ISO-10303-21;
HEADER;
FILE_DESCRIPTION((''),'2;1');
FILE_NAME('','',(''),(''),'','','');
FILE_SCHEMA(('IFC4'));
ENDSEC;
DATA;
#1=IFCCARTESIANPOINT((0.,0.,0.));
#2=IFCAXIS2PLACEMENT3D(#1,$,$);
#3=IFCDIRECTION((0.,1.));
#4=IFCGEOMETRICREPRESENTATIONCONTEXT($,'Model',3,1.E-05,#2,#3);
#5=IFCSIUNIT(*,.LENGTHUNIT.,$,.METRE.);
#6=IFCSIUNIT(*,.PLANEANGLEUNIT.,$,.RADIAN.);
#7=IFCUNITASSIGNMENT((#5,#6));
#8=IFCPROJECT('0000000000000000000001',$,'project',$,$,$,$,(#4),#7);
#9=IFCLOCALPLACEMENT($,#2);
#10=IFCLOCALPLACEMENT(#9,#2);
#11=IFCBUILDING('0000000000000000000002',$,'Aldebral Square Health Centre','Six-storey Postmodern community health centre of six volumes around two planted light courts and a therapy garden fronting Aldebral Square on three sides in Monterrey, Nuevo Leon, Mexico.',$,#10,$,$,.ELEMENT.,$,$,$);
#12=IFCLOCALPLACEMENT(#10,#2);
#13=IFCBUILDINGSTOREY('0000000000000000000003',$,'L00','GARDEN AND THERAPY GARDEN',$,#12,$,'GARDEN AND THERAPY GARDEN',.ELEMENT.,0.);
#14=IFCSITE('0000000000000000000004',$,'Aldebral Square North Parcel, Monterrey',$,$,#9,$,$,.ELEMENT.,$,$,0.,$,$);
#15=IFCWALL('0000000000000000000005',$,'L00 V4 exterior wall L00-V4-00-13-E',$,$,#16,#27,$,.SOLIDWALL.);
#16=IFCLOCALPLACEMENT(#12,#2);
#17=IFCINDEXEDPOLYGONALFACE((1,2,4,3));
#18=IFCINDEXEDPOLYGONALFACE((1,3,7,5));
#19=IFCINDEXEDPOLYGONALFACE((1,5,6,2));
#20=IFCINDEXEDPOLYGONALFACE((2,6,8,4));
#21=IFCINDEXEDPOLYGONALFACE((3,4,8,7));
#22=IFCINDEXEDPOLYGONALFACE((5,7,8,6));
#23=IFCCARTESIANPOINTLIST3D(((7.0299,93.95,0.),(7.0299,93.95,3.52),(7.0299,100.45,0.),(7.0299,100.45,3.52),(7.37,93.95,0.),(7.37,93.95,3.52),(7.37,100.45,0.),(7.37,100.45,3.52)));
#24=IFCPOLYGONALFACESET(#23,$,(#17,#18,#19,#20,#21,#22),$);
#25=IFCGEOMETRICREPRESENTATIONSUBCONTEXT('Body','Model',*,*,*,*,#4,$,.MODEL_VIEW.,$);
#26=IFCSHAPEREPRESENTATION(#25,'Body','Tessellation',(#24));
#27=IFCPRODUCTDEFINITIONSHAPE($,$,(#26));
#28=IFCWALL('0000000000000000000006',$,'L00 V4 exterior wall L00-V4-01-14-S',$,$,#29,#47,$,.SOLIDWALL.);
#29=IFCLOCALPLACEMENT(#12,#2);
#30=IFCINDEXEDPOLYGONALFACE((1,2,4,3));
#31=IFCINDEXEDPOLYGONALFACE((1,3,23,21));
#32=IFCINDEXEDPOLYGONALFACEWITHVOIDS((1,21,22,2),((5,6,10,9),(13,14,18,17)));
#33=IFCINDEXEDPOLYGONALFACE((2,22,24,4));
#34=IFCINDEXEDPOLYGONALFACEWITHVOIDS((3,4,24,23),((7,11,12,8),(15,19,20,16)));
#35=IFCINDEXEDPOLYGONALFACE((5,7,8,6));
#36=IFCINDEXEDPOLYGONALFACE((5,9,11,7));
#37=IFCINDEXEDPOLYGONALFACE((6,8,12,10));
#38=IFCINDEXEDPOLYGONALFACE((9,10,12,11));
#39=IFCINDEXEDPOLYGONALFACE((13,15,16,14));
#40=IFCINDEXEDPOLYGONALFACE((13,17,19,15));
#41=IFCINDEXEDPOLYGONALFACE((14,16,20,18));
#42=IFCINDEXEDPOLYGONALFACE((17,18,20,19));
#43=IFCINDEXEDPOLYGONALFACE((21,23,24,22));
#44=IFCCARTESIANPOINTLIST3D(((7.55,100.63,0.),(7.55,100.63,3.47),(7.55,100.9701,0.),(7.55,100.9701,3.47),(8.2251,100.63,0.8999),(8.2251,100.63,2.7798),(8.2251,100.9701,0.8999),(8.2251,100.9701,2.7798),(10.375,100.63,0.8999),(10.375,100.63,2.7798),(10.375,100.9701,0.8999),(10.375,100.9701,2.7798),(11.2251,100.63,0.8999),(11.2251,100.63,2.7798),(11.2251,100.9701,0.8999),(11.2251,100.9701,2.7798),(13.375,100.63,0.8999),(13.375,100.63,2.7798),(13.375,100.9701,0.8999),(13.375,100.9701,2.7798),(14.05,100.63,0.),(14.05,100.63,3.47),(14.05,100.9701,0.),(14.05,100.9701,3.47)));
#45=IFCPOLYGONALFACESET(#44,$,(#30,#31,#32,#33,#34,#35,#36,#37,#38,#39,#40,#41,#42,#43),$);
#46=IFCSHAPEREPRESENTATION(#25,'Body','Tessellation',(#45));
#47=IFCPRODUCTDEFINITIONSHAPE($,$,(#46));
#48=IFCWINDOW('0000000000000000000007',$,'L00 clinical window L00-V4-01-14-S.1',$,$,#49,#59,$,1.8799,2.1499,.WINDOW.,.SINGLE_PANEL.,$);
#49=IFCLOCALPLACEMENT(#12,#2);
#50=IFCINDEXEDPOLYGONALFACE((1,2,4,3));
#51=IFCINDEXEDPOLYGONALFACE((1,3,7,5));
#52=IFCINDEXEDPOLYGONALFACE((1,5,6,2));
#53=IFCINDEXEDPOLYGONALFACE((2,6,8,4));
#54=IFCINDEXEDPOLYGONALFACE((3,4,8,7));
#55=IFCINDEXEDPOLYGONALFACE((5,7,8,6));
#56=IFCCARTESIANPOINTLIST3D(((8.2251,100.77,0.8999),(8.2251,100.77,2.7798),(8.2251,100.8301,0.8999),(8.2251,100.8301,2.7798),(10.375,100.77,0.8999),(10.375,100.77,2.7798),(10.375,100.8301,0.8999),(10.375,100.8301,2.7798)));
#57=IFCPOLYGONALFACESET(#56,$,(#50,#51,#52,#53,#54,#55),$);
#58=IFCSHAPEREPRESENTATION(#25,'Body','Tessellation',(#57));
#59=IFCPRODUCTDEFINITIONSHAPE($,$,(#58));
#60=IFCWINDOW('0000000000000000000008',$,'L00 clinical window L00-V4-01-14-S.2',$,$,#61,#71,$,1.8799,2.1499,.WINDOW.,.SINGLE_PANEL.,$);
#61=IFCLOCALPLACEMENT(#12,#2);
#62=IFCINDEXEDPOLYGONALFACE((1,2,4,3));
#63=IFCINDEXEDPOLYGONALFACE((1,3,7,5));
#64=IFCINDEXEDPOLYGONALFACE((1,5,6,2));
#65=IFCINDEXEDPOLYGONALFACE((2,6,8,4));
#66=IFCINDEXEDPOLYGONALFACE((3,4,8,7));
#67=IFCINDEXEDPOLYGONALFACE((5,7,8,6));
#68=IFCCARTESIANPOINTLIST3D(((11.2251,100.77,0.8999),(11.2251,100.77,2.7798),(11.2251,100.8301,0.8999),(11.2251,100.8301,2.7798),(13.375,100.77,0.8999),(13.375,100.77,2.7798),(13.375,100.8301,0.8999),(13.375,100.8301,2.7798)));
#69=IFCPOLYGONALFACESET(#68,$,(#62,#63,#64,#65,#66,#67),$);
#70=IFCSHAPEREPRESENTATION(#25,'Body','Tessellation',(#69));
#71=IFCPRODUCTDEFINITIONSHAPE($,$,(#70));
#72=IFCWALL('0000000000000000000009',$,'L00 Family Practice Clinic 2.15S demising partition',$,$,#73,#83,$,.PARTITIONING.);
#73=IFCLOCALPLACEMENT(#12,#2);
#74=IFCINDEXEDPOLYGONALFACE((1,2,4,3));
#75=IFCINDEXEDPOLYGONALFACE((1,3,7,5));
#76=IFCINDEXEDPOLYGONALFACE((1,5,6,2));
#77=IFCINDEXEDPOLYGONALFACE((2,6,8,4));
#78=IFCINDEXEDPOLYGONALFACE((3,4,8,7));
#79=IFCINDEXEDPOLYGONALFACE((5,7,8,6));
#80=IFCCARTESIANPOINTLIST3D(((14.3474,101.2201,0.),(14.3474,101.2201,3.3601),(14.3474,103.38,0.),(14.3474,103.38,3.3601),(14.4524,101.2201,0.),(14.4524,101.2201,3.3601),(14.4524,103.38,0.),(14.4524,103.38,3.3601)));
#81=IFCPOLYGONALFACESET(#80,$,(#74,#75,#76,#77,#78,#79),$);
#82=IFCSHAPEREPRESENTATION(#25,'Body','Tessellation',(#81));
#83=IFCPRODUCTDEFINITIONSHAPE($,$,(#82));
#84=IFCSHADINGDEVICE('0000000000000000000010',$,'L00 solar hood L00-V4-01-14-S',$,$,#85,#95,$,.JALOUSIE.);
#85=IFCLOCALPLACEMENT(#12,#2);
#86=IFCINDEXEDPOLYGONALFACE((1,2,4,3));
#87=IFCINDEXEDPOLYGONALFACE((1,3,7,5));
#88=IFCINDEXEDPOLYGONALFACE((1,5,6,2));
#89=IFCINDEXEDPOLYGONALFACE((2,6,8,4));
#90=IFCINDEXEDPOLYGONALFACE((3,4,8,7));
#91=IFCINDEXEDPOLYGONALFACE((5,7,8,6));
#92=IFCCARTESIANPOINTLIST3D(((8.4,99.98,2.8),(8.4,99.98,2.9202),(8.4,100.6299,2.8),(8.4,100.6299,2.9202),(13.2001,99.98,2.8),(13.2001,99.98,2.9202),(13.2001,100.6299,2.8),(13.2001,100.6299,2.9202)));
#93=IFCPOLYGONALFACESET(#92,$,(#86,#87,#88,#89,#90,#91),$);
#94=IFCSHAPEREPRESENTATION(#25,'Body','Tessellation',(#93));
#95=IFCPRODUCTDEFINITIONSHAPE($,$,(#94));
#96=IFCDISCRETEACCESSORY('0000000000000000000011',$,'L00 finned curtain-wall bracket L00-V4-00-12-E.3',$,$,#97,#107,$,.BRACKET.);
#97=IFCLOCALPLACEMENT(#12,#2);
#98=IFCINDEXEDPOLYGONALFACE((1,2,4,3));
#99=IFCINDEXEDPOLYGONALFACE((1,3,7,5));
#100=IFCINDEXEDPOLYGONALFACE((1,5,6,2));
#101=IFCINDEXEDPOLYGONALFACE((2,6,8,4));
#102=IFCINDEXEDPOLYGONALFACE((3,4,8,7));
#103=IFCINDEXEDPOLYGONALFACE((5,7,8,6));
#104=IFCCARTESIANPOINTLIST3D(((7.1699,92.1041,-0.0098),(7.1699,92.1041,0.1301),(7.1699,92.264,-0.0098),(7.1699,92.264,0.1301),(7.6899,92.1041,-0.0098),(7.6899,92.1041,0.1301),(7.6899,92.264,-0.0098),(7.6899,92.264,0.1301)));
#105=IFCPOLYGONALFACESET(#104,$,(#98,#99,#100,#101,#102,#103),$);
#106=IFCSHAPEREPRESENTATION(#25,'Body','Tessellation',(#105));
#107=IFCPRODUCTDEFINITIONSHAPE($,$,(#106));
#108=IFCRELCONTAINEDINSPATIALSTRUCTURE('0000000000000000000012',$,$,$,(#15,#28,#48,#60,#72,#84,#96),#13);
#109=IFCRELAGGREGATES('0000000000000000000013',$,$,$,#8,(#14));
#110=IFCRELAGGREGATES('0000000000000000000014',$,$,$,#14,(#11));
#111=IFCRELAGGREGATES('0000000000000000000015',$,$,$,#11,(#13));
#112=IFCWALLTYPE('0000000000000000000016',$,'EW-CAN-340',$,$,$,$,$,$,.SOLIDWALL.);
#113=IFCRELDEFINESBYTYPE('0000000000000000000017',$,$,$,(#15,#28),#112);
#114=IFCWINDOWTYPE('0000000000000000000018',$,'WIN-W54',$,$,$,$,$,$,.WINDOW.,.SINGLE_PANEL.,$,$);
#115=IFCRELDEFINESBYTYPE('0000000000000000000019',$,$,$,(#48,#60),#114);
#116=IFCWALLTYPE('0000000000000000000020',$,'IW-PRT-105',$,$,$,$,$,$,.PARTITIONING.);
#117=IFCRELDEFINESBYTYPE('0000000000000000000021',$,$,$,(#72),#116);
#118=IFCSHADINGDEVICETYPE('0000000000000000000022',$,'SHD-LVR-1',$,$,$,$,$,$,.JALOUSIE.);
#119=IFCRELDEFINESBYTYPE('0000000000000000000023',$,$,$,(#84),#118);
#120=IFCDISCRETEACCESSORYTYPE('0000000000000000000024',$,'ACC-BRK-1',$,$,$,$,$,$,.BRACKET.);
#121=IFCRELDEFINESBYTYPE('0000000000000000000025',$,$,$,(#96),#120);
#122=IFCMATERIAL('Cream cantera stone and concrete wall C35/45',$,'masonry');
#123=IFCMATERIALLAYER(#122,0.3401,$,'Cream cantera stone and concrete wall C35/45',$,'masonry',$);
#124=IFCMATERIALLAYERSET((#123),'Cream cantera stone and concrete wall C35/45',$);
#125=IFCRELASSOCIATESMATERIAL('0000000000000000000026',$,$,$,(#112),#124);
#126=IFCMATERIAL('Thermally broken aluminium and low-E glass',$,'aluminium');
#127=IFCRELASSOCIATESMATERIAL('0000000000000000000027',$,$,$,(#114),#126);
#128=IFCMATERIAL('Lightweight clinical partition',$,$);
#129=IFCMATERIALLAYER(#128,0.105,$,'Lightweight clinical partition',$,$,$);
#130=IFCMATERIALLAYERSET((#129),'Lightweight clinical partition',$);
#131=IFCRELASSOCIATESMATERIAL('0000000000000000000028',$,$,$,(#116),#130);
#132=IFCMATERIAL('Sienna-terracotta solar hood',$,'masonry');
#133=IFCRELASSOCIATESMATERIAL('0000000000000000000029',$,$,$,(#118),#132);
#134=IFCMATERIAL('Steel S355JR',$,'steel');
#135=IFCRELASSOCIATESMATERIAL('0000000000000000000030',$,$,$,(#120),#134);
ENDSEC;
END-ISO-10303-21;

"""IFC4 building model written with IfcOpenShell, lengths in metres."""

from ifc_helpers import new_model, si_unit, direction, frame, frame_2d, origin, origin_2d, place, context, subcontext, project, spatial, rectangle, extrude, material, layer, layer_set, type_object, element, fill, save


model = new_model("IFC4")

# Units and contexts
model_context = context("Model", 3, precision=1e-05, world=origin(), true_north=direction((0.0, 1.0)))
body_context = subcontext(model_context, "Body", "Model", "MODEL_VIEW")
ifc_project = project(units=[si_unit("LENGTHUNIT", "METRE"), si_unit("PLANEANGLEUNIT", "RADIAN")], contexts=[model_context])

# Site, building, storey
site_placement = place(None, origin())
site = spatial("IfcSite", under=ifc_project, at=site_placement, Name="Aldebral Square North Parcel, Monterrey", CompositionType="ELEMENT", RefElevation=0.0)
building_placement = place(site_placement, origin())
building = spatial("IfcBuilding", under=site, at=building_placement, Name="Aldebral Square Health Centre", Description="Six-storey Postmodern community health centre of six volumes around two planted light courts and a therapy garden fronting Aldebral Square on three sides in Monterrey, Nuevo Leon, Mexico.", CompositionType="ELEMENT")
storey_placement = place(building_placement, origin())
storey = spatial("IfcBuildingStorey", under=building, at=storey_placement, Name="L00", Description="GARDEN AND THERAPY GARDEN", LongName="GARDEN AND THERAPY GARDEN", CompositionType="ELEMENT", Elevation=0.0)

# Wall
ifc_material_1 = material(Name="Cream cantera stone and concrete wall C35/45", Category="masonry")
ifc_layer_1 = layer(ifc_material_1, 0.3401, Name="Cream cantera stone and concrete wall C35/45", Category="masonry")
ifc_layer_set_1 = layer_set([ifc_layer_1], Name="Cream cantera stone and concrete wall C35/45")
wall_type_1 = type_object("IfcWallType", Name="EW-CAN-340", PredefinedType="SOLIDWALL", material=ifc_layer_set_1)
wall_1_placement = place(storey_placement, frame((7.2, 93.95, 0.0), z_axis=(0.0, 0.0, 1.0), x_axis=(0.0, 1.0, 0.0)))
element("IfcWall", 1, at=wall_1_placement, inside=storey, type_object=wall_type_1, Name="L00 V4 exterior wall L00-V4-00-13-E", PredefinedType="SOLIDWALL", context=body_context, shape_type="SweptSolid", body=[
    extrude(rectangle(XDim=6.5, YDim=0.3401, at=frame_2d((3.25, 0.0))), origin(), (0.0, 0.0, 1.0), 3.52),
])

# Wall, openings, windows
wall_2_placement = place(storey_placement, frame((7.55, 100.8, 0.0), z_axis=(0.0, 0.0, 1.0), x_axis=(1.0, 0.0, 0.0)))
wall_2 = element("IfcWall", 2, at=wall_2_placement, inside=storey, type_object=wall_type_1, Name="L00 V4 exterior wall L00-V4-01-14-S", PredefinedType="SOLIDWALL", context=body_context, shape_type="SweptSolid", body=[
    extrude(rectangle(XDim=6.5, YDim=0.3401, at=frame_2d((3.25, 0.0))), origin(), (0.0, 0.0, 1.0), 3.47),
])
opening_1_placement = place(wall_2_placement, frame((0.675, 0.0, 0.8999)))
opening_1 = element("IfcOpeningElement", 3, at=opening_1_placement, cuts=wall_2, PredefinedType="OPENING", context=body_context, shape_type="SweptSolid", body=[
    extrude(rectangle(XDim=2.1499, YDim=1.8799, at=frame_2d((1.075, 0.9399))), frame((0.0, 0.1802, 0.0), z_axis=(0.0, -1.0, 0.0), x_axis=(1.0, 0.0, 0.0)), (0.0, 0.0, 1.0), 0.3601),
])
opening_2_placement = place(wall_2_placement, frame((3.675, 0.0, 0.8999)))
opening_2 = element("IfcOpeningElement", 4, at=opening_2_placement, cuts=wall_2, PredefinedType="OPENING", context=body_context, shape_type="SweptSolid", body=[
    extrude(rectangle(XDim=2.1499, YDim=1.8799, at=frame_2d((1.075, 0.9399))), frame((0.0, 0.1802, 0.0), z_axis=(0.0, -1.0, 0.0), x_axis=(1.0, 0.0, 0.0)), (0.0, 0.0, 1.0), 0.3601),
])
ifc_material_2 = material(Name="Thermally broken aluminium and low-E glass", Category="aluminium")
window_type = type_object("IfcWindowType", Name="WIN-W54", PartitioningType="SINGLE_PANEL", PredefinedType="WINDOW", material=ifc_material_2)
window_1_placement = place(opening_1_placement, origin())
window_1 = element("IfcWindow", 5, at=window_1_placement, inside=storey, type_object=window_type, Name="L00 clinical window L00-V4-01-14-S.1", OverallHeight=1.8799, OverallWidth=2.1499, PartitioningType="SINGLE_PANEL", PredefinedType="WINDOW", context=body_context, shape_type="SweptSolid", body=[
    extrude(rectangle(XDim=2.1499, YDim=1.8799, at=frame_2d((1.075, 0.9399))), frame((0.0, 0.03, 0.0), z_axis=(0.0, -1.0, 0.0), x_axis=(1.0, 0.0, 0.0)), (0.0, 0.0, 1.0), 0.0601),
])
fill(opening_1, window_1)
window_2_placement = place(opening_2_placement, origin())
window_2 = element("IfcWindow", 6, at=window_2_placement, inside=storey, type_object=window_type, Name="L00 clinical window L00-V4-01-14-S.2", OverallHeight=1.8799, OverallWidth=2.1499, PartitioningType="SINGLE_PANEL", PredefinedType="WINDOW", context=body_context, shape_type="SweptSolid", body=[
    extrude(rectangle(XDim=2.1499, YDim=1.8799, at=frame_2d((1.075, 0.9399))), frame((0.0, 0.03, 0.0), z_axis=(0.0, -1.0, 0.0), x_axis=(1.0, 0.0, 0.0)), (0.0, 0.0, 1.0), 0.0601),
])
fill(opening_2, window_2)

# Wall
ifc_material_3 = material(Name="Lightweight clinical partition")
ifc_layer_2 = layer(ifc_material_3, 0.105, Name="Lightweight clinical partition")
ifc_layer_set_2 = layer_set([ifc_layer_2], Name="Lightweight clinical partition")
wall_type_2 = type_object("IfcWallType", Name="IW-PRT-105", PredefinedType="PARTITIONING", material=ifc_layer_set_2)
wall_3_placement = place(storey_placement, frame((14.3999, 101.22, 0.0), z_axis=(0.0, 0.0, 1.0), x_axis=(0.0, 1.0, 0.0)))
element("IfcWall", 7, at=wall_3_placement, inside=storey, type_object=wall_type_2, Name="L00 Family Practice Clinic 2.15S demising partition", PredefinedType="PARTITIONING", context=body_context, shape_type="SweptSolid", body=[
    extrude(rectangle(XDim=2.1599, YDim=0.105, at=frame_2d((1.0801, 0.0))), origin(), (0.0, 0.0, 1.0), 3.3601),
])

# Shading device
ifc_material_4 = material(Name="Sienna-terracotta solar hood", Category="masonry")
shading_device_type = type_object("IfcShadingDeviceType", Name="SHD-LVR-1", PredefinedType="JALOUSIE", material=ifc_material_4)
shading_device_placement = place(storey_placement, frame((10.8, 100.3049, 2.8), z_axis=(0.0, 0.0, 1.0), x_axis=(1.0, 0.0, 0.0)))
element("IfcShadingDevice", 8, at=shading_device_placement, inside=storey, type_object=shading_device_type, Name="L00 solar hood L00-V4-01-14-S", PredefinedType="JALOUSIE", context=body_context, shape_type="SweptSolid", body=[
    extrude(rectangle(XDim=4.8, YDim=0.6499, at=origin_2d()), origin(), (0.0, 0.0, 1.0), 0.1201),
])

# Discrete accessory
ifc_material_5 = material(Name="Steel S355JR", Category="steel")
discrete_accessory_type = type_object("IfcDiscreteAccessoryType", Name="ACC-BRK-1", PredefinedType="BRACKET", material=ifc_material_5)
discrete_accessory_placement = place(storey_placement, frame((7.4299, 92.1841, -0.0098), z_axis=(0.0, 0.0, 1.0), x_axis=(0.0, 1.0, 0.0)))
element("IfcDiscreteAccessory", 9, at=discrete_accessory_placement, inside=storey, type_object=discrete_accessory_type, Name="L00 finned curtain-wall bracket L00-V4-00-12-E.3", PredefinedType="BRACKET", context=body_context, shape_type="SweptSolid", body=[
    extrude(rectangle(XDim=0.1599, YDim=0.52, at=origin_2d()), origin(), (0.0, 0.0, 1.0), 0.1399),
])

save(model, "model.ifc")
